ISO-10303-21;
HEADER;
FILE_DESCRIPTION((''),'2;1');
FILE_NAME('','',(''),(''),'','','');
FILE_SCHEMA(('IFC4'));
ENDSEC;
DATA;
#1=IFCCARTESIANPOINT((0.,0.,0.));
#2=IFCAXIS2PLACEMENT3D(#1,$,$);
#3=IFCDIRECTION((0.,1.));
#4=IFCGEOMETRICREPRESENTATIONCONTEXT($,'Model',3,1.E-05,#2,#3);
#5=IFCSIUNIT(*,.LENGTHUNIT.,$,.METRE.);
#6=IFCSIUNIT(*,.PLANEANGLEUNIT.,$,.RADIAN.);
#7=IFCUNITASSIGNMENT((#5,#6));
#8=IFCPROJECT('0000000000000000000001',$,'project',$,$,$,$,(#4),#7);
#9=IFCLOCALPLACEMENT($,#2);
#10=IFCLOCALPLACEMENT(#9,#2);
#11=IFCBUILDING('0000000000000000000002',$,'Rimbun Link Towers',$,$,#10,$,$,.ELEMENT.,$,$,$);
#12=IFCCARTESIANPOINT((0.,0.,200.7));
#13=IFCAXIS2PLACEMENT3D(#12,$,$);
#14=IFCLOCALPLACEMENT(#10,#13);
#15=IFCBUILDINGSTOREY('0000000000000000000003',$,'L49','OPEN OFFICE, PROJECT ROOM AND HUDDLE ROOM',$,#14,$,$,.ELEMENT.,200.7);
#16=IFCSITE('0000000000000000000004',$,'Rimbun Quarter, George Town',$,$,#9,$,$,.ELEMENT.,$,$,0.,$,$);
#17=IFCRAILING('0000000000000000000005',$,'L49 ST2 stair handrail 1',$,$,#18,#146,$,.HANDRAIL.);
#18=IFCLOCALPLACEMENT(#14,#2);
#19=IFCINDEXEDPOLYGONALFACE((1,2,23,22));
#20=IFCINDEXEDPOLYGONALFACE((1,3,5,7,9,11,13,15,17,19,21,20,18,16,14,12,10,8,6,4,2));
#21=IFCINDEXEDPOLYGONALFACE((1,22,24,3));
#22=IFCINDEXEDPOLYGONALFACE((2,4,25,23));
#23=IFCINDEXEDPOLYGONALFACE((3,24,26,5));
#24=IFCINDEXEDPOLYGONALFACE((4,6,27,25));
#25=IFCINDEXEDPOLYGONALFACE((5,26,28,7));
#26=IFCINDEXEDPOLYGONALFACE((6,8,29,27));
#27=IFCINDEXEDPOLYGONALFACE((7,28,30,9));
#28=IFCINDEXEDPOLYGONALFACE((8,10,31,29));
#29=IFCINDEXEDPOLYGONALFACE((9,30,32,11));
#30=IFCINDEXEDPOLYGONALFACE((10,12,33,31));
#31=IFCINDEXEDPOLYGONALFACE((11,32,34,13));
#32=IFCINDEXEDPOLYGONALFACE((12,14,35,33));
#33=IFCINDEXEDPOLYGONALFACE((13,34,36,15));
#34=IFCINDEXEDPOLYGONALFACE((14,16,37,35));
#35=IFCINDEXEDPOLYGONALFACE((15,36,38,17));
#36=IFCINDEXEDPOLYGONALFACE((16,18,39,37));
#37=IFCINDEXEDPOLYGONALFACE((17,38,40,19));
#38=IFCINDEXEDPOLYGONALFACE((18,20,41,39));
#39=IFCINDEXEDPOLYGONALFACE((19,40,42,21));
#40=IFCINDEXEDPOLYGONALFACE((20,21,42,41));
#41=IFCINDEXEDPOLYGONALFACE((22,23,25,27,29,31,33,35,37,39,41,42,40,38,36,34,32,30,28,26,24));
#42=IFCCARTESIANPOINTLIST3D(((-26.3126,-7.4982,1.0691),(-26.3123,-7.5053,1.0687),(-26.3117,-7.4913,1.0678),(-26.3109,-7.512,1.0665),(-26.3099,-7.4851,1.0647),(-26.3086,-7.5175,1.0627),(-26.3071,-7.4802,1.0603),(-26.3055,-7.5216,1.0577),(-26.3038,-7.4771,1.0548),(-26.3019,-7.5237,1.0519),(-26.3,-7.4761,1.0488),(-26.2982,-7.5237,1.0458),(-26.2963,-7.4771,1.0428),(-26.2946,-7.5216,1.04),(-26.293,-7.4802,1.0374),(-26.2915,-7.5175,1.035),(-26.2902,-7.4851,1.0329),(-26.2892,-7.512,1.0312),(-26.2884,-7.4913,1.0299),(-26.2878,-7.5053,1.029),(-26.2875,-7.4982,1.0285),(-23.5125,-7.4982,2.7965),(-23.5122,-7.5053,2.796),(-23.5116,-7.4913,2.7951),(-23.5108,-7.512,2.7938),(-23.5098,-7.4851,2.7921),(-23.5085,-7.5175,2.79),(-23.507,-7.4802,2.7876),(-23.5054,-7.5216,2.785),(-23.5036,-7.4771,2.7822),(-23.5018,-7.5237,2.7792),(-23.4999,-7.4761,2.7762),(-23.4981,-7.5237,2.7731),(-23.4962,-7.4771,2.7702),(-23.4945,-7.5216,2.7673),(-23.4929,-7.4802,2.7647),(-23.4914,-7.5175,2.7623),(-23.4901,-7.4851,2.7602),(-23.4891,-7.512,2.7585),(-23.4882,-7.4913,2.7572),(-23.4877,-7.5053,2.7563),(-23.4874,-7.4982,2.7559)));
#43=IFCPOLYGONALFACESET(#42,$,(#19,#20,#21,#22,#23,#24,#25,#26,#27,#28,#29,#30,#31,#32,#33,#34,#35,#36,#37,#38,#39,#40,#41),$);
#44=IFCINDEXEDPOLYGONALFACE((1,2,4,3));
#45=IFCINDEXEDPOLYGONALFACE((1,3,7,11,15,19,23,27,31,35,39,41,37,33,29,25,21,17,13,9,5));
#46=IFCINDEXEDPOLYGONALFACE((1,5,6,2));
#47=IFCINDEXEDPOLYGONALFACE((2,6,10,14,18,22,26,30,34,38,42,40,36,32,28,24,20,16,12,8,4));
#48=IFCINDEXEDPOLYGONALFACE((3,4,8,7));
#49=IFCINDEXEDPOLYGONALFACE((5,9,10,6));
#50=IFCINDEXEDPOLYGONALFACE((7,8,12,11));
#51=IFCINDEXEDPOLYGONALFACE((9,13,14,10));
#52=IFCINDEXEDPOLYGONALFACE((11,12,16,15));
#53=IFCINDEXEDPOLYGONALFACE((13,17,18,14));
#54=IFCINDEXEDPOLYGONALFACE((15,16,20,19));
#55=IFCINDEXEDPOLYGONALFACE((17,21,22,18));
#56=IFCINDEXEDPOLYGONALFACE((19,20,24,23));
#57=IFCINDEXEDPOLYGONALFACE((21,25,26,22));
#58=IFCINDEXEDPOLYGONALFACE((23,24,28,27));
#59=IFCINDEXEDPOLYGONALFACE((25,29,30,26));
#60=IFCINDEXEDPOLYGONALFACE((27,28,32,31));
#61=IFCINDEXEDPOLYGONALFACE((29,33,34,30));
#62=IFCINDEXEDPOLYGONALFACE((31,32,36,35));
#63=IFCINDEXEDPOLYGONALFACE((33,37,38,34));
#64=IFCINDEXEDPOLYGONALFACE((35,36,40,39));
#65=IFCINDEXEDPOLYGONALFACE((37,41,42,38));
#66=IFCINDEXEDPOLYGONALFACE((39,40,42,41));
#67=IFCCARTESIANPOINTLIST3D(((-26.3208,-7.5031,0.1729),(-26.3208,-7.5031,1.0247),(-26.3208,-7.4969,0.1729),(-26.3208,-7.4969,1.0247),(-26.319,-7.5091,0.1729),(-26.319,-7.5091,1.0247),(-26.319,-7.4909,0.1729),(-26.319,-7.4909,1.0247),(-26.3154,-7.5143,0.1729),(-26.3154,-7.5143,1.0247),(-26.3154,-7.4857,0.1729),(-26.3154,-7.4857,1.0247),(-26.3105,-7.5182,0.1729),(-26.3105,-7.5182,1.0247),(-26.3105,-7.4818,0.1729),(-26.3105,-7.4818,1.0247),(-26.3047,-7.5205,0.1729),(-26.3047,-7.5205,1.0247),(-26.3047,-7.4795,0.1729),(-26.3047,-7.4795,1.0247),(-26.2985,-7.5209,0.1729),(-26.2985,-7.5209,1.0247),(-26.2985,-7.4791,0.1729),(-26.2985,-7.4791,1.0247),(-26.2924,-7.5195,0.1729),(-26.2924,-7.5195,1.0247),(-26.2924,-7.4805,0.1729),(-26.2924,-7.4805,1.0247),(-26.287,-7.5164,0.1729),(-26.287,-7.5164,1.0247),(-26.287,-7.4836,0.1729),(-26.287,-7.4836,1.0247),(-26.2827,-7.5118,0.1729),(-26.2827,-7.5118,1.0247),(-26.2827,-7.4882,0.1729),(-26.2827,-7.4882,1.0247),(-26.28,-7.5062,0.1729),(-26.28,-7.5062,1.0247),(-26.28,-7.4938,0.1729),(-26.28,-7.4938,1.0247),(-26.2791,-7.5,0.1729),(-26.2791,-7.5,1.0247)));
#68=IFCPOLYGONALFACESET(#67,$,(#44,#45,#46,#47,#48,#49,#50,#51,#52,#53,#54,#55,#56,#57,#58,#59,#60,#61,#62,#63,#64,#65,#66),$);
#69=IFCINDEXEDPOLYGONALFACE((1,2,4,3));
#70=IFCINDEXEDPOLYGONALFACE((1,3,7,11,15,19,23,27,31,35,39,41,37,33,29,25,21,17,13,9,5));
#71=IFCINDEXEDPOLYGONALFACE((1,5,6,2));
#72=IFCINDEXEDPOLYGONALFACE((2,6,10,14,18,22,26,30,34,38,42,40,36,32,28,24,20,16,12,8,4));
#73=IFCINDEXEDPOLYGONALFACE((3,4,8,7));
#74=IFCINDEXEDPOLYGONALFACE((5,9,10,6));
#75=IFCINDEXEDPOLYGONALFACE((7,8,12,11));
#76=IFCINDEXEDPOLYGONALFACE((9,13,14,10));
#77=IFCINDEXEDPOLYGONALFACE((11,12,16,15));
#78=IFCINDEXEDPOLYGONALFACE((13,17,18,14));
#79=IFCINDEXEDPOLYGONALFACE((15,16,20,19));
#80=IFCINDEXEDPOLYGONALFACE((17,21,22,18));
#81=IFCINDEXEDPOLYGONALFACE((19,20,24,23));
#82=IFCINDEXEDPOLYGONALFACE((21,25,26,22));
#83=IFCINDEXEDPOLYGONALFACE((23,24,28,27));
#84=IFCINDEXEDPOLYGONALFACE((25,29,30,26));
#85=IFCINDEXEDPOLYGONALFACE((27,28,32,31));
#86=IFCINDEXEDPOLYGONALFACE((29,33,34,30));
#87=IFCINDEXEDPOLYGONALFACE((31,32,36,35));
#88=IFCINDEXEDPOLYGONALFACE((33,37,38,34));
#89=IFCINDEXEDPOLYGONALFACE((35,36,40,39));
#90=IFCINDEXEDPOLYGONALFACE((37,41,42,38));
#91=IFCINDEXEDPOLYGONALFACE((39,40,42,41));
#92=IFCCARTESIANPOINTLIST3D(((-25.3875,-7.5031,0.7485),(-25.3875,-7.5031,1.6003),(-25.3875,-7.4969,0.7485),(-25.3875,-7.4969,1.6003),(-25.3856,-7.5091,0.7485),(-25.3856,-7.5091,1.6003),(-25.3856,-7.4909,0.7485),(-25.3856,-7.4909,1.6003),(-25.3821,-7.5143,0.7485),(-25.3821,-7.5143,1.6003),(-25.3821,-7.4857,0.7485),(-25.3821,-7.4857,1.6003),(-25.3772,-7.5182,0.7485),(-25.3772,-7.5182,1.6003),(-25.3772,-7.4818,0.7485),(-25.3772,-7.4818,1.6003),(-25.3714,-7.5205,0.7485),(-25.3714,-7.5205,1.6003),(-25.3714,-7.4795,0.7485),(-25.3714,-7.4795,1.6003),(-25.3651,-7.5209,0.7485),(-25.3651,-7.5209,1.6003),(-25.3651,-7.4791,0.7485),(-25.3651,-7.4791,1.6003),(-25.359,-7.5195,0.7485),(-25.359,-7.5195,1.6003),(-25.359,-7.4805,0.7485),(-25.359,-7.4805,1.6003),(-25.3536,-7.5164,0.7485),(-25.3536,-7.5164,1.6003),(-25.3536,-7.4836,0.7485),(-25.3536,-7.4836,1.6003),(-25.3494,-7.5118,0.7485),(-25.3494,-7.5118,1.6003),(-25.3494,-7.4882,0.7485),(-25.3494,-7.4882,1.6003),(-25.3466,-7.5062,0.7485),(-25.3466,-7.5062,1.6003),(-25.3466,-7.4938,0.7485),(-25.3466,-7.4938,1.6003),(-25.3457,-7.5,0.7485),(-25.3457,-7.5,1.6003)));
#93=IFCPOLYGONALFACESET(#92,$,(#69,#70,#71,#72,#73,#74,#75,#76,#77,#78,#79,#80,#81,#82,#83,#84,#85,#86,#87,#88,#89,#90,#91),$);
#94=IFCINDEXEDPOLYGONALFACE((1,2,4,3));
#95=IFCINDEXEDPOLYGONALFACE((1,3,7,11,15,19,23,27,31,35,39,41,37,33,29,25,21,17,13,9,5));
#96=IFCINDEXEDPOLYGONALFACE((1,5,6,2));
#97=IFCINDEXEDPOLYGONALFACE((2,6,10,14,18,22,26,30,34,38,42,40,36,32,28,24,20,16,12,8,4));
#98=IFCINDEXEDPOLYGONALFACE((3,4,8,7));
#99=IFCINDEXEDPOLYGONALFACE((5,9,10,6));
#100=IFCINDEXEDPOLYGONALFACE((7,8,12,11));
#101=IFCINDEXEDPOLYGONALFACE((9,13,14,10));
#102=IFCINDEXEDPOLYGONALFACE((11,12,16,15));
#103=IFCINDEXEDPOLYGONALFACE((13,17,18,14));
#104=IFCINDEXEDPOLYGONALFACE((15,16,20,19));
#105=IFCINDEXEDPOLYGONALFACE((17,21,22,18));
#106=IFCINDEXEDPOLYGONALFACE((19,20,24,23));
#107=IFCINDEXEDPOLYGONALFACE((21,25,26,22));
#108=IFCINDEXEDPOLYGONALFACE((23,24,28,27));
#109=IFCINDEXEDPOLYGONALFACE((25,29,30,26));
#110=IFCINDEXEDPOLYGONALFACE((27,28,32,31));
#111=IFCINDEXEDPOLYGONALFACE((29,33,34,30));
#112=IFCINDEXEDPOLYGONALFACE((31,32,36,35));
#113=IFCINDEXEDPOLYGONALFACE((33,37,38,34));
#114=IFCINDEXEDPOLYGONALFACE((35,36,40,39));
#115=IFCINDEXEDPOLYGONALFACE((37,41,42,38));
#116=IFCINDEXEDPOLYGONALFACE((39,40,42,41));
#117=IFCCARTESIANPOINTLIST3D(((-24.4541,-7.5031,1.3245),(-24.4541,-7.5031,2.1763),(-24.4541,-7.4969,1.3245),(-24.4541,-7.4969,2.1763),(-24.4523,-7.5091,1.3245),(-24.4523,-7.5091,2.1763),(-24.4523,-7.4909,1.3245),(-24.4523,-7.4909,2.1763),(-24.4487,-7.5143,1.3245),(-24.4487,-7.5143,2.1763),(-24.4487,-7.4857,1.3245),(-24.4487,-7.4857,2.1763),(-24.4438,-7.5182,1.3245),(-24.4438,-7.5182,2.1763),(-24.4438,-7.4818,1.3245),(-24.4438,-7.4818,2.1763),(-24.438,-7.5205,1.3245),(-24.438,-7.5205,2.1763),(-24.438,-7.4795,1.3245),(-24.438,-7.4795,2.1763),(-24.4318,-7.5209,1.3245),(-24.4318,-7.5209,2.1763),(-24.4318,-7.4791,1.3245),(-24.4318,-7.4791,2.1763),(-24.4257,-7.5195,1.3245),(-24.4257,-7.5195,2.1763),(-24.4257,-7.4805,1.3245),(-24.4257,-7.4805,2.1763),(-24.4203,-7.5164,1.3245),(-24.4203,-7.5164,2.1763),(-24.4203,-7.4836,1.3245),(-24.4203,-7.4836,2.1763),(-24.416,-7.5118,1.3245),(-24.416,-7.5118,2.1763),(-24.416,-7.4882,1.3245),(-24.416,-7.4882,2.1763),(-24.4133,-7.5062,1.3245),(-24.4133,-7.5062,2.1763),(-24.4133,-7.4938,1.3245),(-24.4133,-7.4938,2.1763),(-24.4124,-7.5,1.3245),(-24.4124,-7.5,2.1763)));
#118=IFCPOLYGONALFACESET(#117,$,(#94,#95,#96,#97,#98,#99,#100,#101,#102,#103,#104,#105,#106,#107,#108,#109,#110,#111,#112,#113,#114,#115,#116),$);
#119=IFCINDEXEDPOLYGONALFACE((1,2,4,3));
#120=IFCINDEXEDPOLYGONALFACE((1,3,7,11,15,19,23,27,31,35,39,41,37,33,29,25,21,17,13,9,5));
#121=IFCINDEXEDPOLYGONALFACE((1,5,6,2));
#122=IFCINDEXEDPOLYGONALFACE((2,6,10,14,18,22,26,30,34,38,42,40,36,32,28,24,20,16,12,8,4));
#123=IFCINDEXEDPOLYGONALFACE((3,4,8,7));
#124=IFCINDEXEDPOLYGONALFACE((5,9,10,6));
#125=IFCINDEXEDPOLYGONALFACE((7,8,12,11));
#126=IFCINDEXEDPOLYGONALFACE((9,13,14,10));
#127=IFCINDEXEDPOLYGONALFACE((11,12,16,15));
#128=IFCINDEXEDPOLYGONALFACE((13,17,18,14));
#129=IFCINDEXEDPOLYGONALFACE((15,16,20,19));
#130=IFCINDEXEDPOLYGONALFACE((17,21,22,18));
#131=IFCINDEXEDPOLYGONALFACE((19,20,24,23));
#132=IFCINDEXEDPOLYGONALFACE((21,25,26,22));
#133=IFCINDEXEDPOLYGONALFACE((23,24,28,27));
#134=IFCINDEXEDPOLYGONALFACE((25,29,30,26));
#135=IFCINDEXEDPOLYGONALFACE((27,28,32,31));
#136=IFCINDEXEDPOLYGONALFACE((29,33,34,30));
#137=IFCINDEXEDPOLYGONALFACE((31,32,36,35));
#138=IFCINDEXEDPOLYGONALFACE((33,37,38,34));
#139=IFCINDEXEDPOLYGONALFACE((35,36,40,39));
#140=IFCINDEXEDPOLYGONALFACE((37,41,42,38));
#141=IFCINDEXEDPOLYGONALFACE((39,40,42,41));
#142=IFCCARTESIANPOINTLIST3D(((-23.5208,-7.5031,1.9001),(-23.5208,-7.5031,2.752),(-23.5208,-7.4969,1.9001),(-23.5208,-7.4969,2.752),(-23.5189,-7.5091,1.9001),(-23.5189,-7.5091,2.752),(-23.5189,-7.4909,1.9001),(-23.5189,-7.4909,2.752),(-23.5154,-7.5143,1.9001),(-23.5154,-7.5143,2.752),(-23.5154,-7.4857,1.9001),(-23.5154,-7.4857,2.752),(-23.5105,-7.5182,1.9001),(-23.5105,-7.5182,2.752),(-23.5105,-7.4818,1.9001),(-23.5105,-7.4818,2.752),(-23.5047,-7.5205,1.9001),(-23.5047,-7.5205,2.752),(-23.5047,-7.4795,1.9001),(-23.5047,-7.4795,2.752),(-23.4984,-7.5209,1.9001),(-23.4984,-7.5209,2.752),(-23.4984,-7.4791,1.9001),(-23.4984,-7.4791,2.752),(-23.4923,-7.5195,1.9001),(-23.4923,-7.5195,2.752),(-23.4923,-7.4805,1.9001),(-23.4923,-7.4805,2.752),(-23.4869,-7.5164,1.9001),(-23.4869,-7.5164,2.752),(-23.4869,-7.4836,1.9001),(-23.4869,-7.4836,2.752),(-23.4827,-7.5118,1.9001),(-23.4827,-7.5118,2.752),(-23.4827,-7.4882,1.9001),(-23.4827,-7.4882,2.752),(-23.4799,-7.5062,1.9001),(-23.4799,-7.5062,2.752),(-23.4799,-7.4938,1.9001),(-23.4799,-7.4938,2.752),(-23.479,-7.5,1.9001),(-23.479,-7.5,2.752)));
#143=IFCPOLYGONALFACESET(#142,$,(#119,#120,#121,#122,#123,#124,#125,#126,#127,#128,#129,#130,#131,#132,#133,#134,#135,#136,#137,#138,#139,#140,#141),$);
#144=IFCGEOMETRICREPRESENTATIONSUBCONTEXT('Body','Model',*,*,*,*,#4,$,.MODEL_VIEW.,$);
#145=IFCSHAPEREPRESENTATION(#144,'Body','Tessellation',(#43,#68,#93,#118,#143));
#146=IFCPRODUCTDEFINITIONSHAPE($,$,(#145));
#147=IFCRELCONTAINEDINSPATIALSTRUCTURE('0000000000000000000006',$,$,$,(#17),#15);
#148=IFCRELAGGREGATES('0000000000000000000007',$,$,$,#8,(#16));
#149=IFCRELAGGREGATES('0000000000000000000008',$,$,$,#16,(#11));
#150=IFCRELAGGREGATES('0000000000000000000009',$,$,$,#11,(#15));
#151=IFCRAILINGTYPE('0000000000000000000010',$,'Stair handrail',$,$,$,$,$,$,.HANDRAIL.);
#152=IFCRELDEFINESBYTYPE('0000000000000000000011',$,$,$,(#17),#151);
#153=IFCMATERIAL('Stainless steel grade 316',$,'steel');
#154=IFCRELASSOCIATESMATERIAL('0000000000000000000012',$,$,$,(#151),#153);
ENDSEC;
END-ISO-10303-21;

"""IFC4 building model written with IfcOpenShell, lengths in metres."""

from ifc_helpers import new_model, si_unit, direction, frame, origin, origin_2d, place, context, subcontext, project, spatial, circle, extrude, material, type_object, element, save


model = new_model("IFC4")

# Units and contexts
model_context = context("Model", 3, precision=1e-05, world=origin(), true_north=direction((0.0, 1.0)))
body_context = subcontext(model_context, "Body", "Model", "MODEL_VIEW")
ifc_project = project(units=[si_unit("LENGTHUNIT", "METRE"), si_unit("PLANEANGLEUNIT", "RADIAN")], contexts=[model_context])

# Site, building, storey
site_placement = place(None, origin())
site = spatial("IfcSite", under=ifc_project, at=site_placement, Name="Rimbun Quarter, George Town", CompositionType="ELEMENT", RefElevation=0.0)
building_placement = place(site_placement, origin())
building = spatial("IfcBuilding", under=site, at=building_placement, Name="Rimbun Link Towers", CompositionType="ELEMENT")
storey_placement = place(building_placement, frame((0.0, 0.0, 200.7)))
storey = spatial("IfcBuildingStorey", under=building, at=storey_placement, Name="L49", Description="OPEN OFFICE, PROJECT ROOM AND HUDDLE ROOM", CompositionType="ELEMENT", Elevation=200.7)

# Railing
ifc_material_1 = material(Name="Stainless steel grade 316", Category="steel")
railing_type_1 = type_object("IfcRailingType", Name="Stair handrail", PredefinedType="HANDRAIL", material=ifc_material_1)
railing_1_placement = place(storey_placement, frame((-26.3, -7.5, 0.1729)))
element("IfcRailing", 1, at=railing_1_placement, inside=storey, type_object=railing_type_1, Name="L49 ST2 stair handrail 1", PredefinedType="HANDRAIL", context=body_context, shape_type="SweptSolid", body=[
    extrude(circle(Radius=0.0239, at=origin_2d()), frame((0.0, 0.0, 0.876), z_axis=(0.85109, 0.0, 0.52502), x_axis=(0.0, 1.0, 0.0)), (0.0, 0.0, 1.0), 3.29),
    extrude(circle(Radius=0.021, at=origin_2d()), origin(), (0.0, 0.0, 1.0), 0.8518),
    extrude(circle(Radius=0.021, at=origin_2d()), frame((0.9333, 0.0, 0.5757)), (0.0, 0.0, 1.0), 0.8518),
    extrude(circle(Radius=0.021, at=origin_2d()), frame((1.8667, 0.0, 1.1516)), (0.0, 0.0, 1.0), 0.8518),
    extrude(circle(Radius=0.021, at=origin_2d()), frame((2.8, 0.0, 1.7273)), (0.0, 0.0, 1.0), 0.8518),
])

save(model, "model.ifc")
